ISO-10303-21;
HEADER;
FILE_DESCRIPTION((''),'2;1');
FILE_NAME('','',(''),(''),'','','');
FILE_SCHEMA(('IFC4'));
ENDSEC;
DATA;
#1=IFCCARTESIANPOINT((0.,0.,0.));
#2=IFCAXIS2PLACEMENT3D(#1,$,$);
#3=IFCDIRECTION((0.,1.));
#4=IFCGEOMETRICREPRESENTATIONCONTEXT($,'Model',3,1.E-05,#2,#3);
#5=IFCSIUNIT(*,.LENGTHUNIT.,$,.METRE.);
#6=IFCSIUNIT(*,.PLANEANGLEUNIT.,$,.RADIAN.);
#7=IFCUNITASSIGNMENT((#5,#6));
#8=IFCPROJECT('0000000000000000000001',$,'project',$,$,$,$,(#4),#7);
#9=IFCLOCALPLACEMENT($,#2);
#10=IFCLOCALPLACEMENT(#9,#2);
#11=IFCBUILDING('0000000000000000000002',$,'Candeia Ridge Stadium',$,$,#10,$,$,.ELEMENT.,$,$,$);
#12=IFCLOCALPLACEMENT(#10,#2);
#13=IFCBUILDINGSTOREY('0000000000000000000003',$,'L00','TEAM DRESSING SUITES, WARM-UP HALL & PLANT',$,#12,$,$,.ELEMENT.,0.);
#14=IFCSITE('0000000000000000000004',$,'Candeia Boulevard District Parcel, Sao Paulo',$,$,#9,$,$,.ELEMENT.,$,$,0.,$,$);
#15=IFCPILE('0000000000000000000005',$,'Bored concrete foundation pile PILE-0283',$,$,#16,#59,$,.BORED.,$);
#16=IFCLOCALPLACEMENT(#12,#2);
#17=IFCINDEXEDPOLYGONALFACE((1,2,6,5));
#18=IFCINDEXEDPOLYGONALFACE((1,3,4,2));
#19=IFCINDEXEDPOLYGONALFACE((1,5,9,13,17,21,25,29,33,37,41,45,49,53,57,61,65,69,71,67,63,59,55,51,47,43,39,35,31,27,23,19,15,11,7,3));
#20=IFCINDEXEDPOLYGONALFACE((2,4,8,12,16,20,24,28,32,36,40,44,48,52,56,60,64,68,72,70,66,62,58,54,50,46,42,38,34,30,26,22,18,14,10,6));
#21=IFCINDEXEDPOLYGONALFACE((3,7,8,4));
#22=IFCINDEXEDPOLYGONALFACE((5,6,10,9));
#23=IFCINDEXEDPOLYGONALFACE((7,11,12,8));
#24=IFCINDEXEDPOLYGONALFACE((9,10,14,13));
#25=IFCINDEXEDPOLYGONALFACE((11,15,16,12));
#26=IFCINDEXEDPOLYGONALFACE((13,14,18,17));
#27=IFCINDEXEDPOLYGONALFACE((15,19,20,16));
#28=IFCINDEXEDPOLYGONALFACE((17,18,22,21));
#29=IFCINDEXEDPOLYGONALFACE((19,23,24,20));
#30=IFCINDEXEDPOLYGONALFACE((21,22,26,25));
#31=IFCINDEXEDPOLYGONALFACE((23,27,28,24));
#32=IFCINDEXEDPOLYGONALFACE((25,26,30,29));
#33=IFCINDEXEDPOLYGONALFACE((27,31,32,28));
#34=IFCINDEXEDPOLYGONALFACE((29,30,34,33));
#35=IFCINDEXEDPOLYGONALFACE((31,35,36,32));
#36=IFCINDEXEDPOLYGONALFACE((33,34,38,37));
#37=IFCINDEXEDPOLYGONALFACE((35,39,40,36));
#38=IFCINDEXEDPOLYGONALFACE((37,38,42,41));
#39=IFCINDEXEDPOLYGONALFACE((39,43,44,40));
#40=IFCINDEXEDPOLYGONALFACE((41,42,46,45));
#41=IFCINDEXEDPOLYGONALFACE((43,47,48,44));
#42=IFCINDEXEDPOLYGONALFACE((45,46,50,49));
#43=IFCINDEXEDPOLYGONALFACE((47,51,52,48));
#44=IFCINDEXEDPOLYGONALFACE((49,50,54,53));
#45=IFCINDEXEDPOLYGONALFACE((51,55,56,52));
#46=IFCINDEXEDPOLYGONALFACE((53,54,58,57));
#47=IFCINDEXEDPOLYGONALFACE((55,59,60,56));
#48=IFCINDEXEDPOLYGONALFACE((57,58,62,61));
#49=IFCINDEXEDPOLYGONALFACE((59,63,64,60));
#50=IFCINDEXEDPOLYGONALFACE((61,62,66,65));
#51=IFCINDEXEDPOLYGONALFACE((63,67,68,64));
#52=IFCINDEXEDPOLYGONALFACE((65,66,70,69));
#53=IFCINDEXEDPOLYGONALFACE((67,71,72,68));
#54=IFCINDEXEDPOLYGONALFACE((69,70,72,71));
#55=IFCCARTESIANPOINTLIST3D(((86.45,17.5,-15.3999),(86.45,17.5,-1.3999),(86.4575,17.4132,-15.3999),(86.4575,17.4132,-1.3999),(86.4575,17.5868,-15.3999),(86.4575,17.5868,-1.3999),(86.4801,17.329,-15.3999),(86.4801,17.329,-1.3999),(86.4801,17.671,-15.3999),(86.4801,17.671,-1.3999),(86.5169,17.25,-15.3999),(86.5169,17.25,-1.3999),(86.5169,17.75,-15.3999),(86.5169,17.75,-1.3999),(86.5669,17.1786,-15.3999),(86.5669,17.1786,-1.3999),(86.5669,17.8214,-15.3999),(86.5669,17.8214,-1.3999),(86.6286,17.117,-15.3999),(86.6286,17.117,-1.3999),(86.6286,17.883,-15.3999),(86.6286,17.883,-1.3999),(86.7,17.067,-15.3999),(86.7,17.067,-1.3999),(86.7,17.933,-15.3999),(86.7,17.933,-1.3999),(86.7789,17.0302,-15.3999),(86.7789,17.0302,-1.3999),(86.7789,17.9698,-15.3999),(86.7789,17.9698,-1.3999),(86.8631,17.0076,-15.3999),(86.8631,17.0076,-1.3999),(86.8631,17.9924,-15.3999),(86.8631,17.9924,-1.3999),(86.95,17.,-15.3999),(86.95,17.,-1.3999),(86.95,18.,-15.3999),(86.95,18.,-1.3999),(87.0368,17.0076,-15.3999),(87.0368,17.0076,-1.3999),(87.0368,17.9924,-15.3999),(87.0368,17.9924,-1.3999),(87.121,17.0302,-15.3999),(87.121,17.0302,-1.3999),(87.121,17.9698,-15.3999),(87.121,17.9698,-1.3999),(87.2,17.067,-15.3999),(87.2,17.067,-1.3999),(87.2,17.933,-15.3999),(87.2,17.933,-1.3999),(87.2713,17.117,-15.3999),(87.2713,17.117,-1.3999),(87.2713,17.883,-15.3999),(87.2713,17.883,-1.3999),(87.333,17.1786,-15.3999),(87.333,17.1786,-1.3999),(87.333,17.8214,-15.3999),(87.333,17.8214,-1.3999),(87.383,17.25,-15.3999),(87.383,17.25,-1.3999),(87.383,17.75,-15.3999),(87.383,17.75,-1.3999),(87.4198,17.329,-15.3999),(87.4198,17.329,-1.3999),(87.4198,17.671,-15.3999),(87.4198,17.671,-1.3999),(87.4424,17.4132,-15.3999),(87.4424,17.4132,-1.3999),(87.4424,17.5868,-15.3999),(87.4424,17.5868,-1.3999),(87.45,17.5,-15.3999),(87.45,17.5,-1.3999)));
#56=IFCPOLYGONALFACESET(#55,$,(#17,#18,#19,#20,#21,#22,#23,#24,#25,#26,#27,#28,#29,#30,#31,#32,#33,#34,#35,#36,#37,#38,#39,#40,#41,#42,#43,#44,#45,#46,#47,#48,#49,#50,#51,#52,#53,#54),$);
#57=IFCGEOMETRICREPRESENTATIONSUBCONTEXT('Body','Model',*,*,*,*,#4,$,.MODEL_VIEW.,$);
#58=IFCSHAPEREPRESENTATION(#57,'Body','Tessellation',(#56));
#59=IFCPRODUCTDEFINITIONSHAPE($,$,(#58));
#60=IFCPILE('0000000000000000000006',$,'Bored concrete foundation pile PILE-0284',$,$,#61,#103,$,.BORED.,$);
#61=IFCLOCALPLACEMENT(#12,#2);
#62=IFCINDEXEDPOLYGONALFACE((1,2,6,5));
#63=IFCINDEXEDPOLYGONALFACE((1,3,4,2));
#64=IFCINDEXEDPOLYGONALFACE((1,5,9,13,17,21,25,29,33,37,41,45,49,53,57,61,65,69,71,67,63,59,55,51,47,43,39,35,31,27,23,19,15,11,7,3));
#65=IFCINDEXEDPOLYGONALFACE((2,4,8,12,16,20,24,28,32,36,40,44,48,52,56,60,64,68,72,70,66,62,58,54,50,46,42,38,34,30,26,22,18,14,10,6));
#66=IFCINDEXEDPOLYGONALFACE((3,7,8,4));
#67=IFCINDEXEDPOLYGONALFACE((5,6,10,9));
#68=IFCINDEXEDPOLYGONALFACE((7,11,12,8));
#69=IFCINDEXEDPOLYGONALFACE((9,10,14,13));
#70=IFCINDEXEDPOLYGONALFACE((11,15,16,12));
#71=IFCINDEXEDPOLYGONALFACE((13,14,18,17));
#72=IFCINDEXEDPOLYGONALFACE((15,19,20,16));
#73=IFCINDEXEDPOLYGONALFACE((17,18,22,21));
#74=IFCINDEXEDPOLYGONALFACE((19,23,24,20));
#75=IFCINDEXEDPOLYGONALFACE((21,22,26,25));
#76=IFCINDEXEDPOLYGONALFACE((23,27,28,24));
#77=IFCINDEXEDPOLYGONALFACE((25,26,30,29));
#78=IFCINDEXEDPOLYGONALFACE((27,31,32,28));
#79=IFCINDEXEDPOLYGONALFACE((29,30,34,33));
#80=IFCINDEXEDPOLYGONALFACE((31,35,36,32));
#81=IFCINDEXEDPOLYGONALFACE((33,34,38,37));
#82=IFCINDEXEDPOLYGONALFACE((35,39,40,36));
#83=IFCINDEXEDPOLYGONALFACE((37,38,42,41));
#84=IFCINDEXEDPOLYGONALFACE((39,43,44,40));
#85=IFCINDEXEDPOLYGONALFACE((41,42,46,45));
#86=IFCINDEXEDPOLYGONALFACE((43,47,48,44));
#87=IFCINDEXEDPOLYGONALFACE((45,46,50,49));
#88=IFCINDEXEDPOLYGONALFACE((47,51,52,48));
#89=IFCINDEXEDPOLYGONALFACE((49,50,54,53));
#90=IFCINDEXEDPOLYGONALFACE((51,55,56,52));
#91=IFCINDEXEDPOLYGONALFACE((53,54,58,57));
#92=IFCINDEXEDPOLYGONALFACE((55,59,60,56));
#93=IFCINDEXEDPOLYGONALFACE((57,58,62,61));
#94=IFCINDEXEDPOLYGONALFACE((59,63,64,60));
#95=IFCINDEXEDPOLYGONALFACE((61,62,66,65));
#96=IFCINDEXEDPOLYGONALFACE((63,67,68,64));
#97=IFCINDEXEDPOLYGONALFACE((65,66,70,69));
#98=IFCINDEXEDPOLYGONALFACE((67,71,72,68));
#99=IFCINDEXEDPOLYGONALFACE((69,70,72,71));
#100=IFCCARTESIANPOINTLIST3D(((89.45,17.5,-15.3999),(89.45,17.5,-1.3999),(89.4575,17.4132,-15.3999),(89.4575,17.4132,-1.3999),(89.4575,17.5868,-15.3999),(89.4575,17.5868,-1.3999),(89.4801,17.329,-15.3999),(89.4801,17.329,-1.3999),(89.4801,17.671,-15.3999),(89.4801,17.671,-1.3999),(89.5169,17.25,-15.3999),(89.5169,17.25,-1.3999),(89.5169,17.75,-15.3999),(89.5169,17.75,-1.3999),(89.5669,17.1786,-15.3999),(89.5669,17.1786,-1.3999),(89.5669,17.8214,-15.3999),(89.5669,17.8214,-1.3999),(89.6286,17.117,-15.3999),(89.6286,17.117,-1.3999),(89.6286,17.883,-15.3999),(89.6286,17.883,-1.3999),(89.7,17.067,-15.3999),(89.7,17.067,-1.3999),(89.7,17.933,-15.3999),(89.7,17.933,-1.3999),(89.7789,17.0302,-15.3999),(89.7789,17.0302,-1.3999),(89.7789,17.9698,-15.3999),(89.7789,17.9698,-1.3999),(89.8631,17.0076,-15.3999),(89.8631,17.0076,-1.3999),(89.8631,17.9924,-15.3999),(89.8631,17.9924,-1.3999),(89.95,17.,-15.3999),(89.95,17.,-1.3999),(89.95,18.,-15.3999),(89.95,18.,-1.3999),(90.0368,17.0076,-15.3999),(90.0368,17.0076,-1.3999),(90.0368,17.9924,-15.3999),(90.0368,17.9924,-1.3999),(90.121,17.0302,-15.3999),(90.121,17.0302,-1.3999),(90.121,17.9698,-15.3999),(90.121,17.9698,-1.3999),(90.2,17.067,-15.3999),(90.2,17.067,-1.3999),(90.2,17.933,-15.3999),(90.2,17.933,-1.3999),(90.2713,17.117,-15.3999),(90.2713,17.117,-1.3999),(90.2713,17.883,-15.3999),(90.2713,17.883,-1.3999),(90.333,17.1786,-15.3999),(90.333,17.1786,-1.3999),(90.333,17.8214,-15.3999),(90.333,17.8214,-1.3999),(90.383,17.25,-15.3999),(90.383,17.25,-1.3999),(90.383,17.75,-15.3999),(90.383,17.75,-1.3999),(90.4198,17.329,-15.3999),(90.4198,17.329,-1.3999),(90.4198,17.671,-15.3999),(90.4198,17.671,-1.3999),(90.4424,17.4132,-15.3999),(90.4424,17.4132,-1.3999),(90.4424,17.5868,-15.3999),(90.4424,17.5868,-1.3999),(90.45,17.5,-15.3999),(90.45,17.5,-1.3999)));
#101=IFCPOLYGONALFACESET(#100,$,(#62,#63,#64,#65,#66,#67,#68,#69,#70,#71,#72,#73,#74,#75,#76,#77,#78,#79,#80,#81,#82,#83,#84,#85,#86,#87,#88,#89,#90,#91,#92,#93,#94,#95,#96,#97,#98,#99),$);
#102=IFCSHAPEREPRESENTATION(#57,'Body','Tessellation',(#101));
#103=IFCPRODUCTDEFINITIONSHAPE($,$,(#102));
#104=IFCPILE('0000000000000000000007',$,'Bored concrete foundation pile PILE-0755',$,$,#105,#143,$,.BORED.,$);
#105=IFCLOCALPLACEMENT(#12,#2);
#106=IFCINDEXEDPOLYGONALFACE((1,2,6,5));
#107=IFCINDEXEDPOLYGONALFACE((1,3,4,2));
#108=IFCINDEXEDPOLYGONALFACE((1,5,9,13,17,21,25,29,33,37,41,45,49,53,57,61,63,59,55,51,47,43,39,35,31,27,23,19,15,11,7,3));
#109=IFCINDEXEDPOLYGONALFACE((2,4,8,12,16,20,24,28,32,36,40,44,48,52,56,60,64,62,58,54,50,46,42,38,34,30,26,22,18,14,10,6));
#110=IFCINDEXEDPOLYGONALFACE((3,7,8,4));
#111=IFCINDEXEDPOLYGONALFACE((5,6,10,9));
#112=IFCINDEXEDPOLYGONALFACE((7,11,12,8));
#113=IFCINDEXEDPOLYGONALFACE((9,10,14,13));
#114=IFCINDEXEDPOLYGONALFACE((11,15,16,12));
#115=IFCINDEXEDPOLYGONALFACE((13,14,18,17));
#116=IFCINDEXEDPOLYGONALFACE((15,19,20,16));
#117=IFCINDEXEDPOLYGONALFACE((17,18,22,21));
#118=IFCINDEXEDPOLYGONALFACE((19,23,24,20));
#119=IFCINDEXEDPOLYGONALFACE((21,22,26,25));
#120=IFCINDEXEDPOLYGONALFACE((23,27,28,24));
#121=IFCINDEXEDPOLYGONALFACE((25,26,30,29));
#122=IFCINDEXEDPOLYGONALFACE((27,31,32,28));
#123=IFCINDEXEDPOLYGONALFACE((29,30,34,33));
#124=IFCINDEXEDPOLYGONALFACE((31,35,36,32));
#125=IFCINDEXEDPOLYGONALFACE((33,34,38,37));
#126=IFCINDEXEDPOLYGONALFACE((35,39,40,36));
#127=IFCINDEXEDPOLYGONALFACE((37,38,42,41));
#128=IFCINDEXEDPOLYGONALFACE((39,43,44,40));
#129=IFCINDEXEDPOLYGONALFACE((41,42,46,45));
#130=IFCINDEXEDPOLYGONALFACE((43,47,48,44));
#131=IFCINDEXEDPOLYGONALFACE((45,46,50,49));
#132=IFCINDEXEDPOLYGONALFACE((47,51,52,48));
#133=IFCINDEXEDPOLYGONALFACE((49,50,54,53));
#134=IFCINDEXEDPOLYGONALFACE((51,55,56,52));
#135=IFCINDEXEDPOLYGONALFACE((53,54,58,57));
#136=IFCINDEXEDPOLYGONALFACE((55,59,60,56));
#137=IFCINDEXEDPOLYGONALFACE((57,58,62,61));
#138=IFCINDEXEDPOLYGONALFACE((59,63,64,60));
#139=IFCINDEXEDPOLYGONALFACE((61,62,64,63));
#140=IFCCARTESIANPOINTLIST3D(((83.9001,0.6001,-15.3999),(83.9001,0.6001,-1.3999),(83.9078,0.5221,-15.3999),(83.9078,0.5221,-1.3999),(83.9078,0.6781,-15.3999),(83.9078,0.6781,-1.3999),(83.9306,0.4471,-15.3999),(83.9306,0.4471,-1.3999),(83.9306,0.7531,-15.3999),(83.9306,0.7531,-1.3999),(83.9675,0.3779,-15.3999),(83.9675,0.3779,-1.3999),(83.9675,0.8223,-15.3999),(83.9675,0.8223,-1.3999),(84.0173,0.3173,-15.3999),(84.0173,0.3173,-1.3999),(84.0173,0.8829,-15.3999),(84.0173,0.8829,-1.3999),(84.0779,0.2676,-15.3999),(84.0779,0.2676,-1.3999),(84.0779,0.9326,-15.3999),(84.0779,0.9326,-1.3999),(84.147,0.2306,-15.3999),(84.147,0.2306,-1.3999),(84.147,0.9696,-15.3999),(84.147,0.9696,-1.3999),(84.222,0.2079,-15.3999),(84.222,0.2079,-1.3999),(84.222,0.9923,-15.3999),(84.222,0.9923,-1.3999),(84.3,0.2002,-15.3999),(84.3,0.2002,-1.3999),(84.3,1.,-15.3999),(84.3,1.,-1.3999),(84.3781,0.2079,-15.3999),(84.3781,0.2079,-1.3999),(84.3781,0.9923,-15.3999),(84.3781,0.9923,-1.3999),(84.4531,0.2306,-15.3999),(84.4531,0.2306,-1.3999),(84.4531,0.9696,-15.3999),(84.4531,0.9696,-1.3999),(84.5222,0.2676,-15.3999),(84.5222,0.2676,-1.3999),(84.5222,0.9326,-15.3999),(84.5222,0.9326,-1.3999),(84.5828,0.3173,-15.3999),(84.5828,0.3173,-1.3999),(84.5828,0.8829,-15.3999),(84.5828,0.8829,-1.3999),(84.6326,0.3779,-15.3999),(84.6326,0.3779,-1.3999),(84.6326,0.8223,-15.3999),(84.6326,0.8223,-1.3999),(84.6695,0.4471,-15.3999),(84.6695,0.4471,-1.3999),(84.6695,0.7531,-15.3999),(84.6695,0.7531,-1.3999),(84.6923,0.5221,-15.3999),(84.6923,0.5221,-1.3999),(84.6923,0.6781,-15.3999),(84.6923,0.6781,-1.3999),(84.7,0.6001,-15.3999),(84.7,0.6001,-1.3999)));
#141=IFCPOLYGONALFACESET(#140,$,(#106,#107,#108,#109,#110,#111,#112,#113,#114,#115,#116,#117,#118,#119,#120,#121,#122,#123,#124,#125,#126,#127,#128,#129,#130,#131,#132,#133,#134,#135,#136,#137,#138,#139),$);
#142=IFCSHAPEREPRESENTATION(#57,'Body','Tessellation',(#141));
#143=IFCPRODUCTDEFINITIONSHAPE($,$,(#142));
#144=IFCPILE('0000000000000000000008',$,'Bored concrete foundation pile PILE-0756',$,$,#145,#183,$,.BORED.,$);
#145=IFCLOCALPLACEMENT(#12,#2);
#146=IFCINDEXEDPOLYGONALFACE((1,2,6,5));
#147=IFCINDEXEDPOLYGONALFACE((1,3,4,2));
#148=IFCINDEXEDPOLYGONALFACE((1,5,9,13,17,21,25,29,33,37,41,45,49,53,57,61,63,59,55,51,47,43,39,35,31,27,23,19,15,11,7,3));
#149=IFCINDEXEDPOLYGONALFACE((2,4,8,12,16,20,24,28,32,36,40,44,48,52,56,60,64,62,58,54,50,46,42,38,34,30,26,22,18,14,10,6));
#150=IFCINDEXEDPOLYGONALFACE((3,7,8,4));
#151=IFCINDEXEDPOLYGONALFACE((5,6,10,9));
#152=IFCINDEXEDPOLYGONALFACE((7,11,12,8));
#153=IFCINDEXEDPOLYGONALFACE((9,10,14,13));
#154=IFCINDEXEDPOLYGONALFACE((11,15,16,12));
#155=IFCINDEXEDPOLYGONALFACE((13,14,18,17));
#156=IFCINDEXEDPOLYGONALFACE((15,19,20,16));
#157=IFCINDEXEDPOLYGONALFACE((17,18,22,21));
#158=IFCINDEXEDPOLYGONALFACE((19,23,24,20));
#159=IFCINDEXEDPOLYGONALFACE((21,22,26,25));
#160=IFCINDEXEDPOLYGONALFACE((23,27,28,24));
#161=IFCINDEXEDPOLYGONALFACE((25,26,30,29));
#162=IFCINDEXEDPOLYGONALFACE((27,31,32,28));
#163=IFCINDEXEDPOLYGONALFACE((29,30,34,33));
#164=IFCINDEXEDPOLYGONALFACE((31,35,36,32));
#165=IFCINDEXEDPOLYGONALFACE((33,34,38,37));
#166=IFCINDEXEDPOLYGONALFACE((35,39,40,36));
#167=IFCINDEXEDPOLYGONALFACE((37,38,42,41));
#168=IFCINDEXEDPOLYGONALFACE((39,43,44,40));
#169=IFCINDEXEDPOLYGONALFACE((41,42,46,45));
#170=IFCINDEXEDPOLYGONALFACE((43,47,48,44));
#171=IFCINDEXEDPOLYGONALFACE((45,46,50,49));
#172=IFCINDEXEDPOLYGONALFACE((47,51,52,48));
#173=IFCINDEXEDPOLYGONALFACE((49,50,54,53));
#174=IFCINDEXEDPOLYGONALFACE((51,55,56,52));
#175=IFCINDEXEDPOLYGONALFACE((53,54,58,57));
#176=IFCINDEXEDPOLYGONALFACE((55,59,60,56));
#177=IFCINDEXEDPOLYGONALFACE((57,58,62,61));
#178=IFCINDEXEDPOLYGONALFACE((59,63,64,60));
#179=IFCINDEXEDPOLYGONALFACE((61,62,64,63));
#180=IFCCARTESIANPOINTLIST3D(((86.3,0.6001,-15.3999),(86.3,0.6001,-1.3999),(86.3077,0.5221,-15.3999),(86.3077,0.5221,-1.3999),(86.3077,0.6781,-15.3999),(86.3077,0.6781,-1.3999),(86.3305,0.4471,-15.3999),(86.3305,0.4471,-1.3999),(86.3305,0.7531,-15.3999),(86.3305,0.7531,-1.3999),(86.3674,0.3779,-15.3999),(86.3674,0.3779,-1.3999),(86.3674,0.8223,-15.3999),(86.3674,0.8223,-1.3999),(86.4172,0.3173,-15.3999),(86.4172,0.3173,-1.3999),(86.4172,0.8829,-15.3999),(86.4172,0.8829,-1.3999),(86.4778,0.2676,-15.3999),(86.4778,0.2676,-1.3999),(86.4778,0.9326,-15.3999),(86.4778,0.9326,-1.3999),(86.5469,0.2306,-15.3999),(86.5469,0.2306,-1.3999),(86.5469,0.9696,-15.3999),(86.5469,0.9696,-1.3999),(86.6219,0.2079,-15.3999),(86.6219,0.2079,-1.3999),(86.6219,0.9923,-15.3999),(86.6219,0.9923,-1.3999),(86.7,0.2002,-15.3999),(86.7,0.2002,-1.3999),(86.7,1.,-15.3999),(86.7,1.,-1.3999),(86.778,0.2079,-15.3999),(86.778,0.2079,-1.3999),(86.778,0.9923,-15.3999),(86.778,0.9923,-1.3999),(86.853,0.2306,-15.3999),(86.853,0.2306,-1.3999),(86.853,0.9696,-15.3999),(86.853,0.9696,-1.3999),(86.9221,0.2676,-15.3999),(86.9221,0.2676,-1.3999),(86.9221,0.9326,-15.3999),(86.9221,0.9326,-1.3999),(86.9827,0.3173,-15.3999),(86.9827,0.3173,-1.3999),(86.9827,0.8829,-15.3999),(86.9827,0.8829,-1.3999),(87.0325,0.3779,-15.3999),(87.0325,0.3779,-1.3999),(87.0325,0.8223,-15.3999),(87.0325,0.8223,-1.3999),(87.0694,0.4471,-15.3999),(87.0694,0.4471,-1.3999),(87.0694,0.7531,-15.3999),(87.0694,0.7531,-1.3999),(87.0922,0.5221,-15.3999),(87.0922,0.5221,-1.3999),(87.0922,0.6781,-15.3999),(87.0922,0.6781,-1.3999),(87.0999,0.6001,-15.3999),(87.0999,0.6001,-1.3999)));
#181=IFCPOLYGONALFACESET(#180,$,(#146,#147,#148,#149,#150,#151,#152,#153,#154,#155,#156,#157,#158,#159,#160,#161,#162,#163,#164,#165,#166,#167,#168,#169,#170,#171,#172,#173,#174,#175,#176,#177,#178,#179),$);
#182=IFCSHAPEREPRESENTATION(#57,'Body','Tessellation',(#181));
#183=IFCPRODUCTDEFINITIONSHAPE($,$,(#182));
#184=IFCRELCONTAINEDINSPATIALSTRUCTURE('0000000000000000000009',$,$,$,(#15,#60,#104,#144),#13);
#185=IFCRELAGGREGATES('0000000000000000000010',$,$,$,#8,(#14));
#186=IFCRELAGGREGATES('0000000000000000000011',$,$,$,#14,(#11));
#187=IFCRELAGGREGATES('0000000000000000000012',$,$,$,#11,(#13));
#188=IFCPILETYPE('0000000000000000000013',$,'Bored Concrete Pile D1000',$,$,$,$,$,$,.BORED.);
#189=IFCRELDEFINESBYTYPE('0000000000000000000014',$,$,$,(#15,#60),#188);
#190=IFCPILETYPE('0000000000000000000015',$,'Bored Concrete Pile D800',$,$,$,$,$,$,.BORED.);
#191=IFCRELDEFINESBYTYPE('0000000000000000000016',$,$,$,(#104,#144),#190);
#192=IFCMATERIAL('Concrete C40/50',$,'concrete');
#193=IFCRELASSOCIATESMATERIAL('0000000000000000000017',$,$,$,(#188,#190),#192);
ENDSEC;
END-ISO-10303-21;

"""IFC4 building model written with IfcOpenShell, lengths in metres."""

from ifc_helpers import new_model, si_unit, direction, frame, origin, origin_2d, place, context, subcontext, project, spatial, circle, extrude, material, material_profile, profile_set, type_object, element, save


model = new_model("IFC4")

# Units and contexts
model_context = context("Model", 3, precision=1e-05, world=origin(), true_north=direction((0.0, 1.0)))
body_context = subcontext(model_context, "Body", "Model", "MODEL_VIEW")
ifc_project = project(units=[si_unit("LENGTHUNIT", "METRE"), si_unit("PLANEANGLEUNIT", "RADIAN")], contexts=[model_context])

# Site, building, storey
site_placement = place(None, origin())
site = spatial("IfcSite", under=ifc_project, at=site_placement, Name="Candeia Boulevard District Parcel, Sao Paulo", CompositionType="ELEMENT", RefElevation=0.0)
building_placement = place(site_placement, origin())
building = spatial("IfcBuilding", under=site, at=building_placement, Name="Candeia Ridge Stadium", CompositionType="ELEMENT")
storey_placement = place(building_placement, origin())
storey = spatial("IfcBuildingStorey", under=building, at=storey_placement, Name="L00", Description="TEAM DRESSING SUITES, WARM-UP HALL & PLANT", CompositionType="ELEMENT", Elevation=0.0)

# Piles
ifc_material_1 = material(Name="Concrete C40/50", Category="concrete")
ifc_material_profile_1 = material_profile(ifc_material_1, circle(Radius=0.5, at=origin_2d()), Name="PILE-D1000", Category="concrete")
ifc_profile_set_1 = profile_set([ifc_material_profile_1], Name="Concrete C40/50")
pile_type_1 = type_object("IfcPileType", Name="Bored Concrete Pile D1000", PredefinedType="BORED", material=ifc_profile_set_1)
for number, where, z_axis, x_axis, name in (
    (1, (86.95, 17.5, -1.3999), (0.0, 0.0, -1.0), (1.0, 0.0, 0.0), "Bored concrete foundation pile PILE-0283"),
    (2, (89.95, 17.5, -1.3999), (0.0, 0.0, -1.0), (1.0, 0.0, 0.0), "Bored concrete foundation pile PILE-0284"),
):
    element("IfcPile", number, at=place(storey_placement, frame(where, z_axis=z_axis, x_axis=x_axis)), inside=storey, type_object=pile_type_1, Name=name, PredefinedType="BORED", context=body_context, shape_type="SweptSolid", body=[
        extrude(circle(Radius=0.5, at=origin_2d()), origin(), (0.0, 0.0, 1.0), 14.0),
    ])
ifc_material_profile_2 = material_profile(ifc_material_1, circle(Radius=0.3999, at=origin_2d()), Name="PILE-D800", Category="concrete")
ifc_profile_set_2 = profile_set([ifc_material_profile_2], Name="Concrete C40/50")
pile_type_2 = type_object("IfcPileType", Name="Bored Concrete Pile D800", PredefinedType="BORED", material=ifc_profile_set_2)
for number, where, z_axis, x_axis, name in (
    (3, (84.3, 0.6001, -1.3999), (0.0, 0.0, -1.0), (1.0, 0.0, 0.0), "Bored concrete foundation pile PILE-0755"),
    (4, (86.7, 0.6001, -1.3999), (0.0, 0.0, -1.0), (1.0, 0.0, 0.0), "Bored concrete foundation pile PILE-0756"),
):
    element("IfcPile", number, at=place(storey_placement, frame(where, z_axis=z_axis, x_axis=x_axis)), inside=storey, type_object=pile_type_2, Name=name, PredefinedType="BORED", context=body_context, shape_type="SweptSolid", body=[
        extrude(circle(Radius=0.3999, at=origin_2d()), origin(), (0.0, 0.0, 1.0), 14.0),
    ])

save(model, "model.ifc")
